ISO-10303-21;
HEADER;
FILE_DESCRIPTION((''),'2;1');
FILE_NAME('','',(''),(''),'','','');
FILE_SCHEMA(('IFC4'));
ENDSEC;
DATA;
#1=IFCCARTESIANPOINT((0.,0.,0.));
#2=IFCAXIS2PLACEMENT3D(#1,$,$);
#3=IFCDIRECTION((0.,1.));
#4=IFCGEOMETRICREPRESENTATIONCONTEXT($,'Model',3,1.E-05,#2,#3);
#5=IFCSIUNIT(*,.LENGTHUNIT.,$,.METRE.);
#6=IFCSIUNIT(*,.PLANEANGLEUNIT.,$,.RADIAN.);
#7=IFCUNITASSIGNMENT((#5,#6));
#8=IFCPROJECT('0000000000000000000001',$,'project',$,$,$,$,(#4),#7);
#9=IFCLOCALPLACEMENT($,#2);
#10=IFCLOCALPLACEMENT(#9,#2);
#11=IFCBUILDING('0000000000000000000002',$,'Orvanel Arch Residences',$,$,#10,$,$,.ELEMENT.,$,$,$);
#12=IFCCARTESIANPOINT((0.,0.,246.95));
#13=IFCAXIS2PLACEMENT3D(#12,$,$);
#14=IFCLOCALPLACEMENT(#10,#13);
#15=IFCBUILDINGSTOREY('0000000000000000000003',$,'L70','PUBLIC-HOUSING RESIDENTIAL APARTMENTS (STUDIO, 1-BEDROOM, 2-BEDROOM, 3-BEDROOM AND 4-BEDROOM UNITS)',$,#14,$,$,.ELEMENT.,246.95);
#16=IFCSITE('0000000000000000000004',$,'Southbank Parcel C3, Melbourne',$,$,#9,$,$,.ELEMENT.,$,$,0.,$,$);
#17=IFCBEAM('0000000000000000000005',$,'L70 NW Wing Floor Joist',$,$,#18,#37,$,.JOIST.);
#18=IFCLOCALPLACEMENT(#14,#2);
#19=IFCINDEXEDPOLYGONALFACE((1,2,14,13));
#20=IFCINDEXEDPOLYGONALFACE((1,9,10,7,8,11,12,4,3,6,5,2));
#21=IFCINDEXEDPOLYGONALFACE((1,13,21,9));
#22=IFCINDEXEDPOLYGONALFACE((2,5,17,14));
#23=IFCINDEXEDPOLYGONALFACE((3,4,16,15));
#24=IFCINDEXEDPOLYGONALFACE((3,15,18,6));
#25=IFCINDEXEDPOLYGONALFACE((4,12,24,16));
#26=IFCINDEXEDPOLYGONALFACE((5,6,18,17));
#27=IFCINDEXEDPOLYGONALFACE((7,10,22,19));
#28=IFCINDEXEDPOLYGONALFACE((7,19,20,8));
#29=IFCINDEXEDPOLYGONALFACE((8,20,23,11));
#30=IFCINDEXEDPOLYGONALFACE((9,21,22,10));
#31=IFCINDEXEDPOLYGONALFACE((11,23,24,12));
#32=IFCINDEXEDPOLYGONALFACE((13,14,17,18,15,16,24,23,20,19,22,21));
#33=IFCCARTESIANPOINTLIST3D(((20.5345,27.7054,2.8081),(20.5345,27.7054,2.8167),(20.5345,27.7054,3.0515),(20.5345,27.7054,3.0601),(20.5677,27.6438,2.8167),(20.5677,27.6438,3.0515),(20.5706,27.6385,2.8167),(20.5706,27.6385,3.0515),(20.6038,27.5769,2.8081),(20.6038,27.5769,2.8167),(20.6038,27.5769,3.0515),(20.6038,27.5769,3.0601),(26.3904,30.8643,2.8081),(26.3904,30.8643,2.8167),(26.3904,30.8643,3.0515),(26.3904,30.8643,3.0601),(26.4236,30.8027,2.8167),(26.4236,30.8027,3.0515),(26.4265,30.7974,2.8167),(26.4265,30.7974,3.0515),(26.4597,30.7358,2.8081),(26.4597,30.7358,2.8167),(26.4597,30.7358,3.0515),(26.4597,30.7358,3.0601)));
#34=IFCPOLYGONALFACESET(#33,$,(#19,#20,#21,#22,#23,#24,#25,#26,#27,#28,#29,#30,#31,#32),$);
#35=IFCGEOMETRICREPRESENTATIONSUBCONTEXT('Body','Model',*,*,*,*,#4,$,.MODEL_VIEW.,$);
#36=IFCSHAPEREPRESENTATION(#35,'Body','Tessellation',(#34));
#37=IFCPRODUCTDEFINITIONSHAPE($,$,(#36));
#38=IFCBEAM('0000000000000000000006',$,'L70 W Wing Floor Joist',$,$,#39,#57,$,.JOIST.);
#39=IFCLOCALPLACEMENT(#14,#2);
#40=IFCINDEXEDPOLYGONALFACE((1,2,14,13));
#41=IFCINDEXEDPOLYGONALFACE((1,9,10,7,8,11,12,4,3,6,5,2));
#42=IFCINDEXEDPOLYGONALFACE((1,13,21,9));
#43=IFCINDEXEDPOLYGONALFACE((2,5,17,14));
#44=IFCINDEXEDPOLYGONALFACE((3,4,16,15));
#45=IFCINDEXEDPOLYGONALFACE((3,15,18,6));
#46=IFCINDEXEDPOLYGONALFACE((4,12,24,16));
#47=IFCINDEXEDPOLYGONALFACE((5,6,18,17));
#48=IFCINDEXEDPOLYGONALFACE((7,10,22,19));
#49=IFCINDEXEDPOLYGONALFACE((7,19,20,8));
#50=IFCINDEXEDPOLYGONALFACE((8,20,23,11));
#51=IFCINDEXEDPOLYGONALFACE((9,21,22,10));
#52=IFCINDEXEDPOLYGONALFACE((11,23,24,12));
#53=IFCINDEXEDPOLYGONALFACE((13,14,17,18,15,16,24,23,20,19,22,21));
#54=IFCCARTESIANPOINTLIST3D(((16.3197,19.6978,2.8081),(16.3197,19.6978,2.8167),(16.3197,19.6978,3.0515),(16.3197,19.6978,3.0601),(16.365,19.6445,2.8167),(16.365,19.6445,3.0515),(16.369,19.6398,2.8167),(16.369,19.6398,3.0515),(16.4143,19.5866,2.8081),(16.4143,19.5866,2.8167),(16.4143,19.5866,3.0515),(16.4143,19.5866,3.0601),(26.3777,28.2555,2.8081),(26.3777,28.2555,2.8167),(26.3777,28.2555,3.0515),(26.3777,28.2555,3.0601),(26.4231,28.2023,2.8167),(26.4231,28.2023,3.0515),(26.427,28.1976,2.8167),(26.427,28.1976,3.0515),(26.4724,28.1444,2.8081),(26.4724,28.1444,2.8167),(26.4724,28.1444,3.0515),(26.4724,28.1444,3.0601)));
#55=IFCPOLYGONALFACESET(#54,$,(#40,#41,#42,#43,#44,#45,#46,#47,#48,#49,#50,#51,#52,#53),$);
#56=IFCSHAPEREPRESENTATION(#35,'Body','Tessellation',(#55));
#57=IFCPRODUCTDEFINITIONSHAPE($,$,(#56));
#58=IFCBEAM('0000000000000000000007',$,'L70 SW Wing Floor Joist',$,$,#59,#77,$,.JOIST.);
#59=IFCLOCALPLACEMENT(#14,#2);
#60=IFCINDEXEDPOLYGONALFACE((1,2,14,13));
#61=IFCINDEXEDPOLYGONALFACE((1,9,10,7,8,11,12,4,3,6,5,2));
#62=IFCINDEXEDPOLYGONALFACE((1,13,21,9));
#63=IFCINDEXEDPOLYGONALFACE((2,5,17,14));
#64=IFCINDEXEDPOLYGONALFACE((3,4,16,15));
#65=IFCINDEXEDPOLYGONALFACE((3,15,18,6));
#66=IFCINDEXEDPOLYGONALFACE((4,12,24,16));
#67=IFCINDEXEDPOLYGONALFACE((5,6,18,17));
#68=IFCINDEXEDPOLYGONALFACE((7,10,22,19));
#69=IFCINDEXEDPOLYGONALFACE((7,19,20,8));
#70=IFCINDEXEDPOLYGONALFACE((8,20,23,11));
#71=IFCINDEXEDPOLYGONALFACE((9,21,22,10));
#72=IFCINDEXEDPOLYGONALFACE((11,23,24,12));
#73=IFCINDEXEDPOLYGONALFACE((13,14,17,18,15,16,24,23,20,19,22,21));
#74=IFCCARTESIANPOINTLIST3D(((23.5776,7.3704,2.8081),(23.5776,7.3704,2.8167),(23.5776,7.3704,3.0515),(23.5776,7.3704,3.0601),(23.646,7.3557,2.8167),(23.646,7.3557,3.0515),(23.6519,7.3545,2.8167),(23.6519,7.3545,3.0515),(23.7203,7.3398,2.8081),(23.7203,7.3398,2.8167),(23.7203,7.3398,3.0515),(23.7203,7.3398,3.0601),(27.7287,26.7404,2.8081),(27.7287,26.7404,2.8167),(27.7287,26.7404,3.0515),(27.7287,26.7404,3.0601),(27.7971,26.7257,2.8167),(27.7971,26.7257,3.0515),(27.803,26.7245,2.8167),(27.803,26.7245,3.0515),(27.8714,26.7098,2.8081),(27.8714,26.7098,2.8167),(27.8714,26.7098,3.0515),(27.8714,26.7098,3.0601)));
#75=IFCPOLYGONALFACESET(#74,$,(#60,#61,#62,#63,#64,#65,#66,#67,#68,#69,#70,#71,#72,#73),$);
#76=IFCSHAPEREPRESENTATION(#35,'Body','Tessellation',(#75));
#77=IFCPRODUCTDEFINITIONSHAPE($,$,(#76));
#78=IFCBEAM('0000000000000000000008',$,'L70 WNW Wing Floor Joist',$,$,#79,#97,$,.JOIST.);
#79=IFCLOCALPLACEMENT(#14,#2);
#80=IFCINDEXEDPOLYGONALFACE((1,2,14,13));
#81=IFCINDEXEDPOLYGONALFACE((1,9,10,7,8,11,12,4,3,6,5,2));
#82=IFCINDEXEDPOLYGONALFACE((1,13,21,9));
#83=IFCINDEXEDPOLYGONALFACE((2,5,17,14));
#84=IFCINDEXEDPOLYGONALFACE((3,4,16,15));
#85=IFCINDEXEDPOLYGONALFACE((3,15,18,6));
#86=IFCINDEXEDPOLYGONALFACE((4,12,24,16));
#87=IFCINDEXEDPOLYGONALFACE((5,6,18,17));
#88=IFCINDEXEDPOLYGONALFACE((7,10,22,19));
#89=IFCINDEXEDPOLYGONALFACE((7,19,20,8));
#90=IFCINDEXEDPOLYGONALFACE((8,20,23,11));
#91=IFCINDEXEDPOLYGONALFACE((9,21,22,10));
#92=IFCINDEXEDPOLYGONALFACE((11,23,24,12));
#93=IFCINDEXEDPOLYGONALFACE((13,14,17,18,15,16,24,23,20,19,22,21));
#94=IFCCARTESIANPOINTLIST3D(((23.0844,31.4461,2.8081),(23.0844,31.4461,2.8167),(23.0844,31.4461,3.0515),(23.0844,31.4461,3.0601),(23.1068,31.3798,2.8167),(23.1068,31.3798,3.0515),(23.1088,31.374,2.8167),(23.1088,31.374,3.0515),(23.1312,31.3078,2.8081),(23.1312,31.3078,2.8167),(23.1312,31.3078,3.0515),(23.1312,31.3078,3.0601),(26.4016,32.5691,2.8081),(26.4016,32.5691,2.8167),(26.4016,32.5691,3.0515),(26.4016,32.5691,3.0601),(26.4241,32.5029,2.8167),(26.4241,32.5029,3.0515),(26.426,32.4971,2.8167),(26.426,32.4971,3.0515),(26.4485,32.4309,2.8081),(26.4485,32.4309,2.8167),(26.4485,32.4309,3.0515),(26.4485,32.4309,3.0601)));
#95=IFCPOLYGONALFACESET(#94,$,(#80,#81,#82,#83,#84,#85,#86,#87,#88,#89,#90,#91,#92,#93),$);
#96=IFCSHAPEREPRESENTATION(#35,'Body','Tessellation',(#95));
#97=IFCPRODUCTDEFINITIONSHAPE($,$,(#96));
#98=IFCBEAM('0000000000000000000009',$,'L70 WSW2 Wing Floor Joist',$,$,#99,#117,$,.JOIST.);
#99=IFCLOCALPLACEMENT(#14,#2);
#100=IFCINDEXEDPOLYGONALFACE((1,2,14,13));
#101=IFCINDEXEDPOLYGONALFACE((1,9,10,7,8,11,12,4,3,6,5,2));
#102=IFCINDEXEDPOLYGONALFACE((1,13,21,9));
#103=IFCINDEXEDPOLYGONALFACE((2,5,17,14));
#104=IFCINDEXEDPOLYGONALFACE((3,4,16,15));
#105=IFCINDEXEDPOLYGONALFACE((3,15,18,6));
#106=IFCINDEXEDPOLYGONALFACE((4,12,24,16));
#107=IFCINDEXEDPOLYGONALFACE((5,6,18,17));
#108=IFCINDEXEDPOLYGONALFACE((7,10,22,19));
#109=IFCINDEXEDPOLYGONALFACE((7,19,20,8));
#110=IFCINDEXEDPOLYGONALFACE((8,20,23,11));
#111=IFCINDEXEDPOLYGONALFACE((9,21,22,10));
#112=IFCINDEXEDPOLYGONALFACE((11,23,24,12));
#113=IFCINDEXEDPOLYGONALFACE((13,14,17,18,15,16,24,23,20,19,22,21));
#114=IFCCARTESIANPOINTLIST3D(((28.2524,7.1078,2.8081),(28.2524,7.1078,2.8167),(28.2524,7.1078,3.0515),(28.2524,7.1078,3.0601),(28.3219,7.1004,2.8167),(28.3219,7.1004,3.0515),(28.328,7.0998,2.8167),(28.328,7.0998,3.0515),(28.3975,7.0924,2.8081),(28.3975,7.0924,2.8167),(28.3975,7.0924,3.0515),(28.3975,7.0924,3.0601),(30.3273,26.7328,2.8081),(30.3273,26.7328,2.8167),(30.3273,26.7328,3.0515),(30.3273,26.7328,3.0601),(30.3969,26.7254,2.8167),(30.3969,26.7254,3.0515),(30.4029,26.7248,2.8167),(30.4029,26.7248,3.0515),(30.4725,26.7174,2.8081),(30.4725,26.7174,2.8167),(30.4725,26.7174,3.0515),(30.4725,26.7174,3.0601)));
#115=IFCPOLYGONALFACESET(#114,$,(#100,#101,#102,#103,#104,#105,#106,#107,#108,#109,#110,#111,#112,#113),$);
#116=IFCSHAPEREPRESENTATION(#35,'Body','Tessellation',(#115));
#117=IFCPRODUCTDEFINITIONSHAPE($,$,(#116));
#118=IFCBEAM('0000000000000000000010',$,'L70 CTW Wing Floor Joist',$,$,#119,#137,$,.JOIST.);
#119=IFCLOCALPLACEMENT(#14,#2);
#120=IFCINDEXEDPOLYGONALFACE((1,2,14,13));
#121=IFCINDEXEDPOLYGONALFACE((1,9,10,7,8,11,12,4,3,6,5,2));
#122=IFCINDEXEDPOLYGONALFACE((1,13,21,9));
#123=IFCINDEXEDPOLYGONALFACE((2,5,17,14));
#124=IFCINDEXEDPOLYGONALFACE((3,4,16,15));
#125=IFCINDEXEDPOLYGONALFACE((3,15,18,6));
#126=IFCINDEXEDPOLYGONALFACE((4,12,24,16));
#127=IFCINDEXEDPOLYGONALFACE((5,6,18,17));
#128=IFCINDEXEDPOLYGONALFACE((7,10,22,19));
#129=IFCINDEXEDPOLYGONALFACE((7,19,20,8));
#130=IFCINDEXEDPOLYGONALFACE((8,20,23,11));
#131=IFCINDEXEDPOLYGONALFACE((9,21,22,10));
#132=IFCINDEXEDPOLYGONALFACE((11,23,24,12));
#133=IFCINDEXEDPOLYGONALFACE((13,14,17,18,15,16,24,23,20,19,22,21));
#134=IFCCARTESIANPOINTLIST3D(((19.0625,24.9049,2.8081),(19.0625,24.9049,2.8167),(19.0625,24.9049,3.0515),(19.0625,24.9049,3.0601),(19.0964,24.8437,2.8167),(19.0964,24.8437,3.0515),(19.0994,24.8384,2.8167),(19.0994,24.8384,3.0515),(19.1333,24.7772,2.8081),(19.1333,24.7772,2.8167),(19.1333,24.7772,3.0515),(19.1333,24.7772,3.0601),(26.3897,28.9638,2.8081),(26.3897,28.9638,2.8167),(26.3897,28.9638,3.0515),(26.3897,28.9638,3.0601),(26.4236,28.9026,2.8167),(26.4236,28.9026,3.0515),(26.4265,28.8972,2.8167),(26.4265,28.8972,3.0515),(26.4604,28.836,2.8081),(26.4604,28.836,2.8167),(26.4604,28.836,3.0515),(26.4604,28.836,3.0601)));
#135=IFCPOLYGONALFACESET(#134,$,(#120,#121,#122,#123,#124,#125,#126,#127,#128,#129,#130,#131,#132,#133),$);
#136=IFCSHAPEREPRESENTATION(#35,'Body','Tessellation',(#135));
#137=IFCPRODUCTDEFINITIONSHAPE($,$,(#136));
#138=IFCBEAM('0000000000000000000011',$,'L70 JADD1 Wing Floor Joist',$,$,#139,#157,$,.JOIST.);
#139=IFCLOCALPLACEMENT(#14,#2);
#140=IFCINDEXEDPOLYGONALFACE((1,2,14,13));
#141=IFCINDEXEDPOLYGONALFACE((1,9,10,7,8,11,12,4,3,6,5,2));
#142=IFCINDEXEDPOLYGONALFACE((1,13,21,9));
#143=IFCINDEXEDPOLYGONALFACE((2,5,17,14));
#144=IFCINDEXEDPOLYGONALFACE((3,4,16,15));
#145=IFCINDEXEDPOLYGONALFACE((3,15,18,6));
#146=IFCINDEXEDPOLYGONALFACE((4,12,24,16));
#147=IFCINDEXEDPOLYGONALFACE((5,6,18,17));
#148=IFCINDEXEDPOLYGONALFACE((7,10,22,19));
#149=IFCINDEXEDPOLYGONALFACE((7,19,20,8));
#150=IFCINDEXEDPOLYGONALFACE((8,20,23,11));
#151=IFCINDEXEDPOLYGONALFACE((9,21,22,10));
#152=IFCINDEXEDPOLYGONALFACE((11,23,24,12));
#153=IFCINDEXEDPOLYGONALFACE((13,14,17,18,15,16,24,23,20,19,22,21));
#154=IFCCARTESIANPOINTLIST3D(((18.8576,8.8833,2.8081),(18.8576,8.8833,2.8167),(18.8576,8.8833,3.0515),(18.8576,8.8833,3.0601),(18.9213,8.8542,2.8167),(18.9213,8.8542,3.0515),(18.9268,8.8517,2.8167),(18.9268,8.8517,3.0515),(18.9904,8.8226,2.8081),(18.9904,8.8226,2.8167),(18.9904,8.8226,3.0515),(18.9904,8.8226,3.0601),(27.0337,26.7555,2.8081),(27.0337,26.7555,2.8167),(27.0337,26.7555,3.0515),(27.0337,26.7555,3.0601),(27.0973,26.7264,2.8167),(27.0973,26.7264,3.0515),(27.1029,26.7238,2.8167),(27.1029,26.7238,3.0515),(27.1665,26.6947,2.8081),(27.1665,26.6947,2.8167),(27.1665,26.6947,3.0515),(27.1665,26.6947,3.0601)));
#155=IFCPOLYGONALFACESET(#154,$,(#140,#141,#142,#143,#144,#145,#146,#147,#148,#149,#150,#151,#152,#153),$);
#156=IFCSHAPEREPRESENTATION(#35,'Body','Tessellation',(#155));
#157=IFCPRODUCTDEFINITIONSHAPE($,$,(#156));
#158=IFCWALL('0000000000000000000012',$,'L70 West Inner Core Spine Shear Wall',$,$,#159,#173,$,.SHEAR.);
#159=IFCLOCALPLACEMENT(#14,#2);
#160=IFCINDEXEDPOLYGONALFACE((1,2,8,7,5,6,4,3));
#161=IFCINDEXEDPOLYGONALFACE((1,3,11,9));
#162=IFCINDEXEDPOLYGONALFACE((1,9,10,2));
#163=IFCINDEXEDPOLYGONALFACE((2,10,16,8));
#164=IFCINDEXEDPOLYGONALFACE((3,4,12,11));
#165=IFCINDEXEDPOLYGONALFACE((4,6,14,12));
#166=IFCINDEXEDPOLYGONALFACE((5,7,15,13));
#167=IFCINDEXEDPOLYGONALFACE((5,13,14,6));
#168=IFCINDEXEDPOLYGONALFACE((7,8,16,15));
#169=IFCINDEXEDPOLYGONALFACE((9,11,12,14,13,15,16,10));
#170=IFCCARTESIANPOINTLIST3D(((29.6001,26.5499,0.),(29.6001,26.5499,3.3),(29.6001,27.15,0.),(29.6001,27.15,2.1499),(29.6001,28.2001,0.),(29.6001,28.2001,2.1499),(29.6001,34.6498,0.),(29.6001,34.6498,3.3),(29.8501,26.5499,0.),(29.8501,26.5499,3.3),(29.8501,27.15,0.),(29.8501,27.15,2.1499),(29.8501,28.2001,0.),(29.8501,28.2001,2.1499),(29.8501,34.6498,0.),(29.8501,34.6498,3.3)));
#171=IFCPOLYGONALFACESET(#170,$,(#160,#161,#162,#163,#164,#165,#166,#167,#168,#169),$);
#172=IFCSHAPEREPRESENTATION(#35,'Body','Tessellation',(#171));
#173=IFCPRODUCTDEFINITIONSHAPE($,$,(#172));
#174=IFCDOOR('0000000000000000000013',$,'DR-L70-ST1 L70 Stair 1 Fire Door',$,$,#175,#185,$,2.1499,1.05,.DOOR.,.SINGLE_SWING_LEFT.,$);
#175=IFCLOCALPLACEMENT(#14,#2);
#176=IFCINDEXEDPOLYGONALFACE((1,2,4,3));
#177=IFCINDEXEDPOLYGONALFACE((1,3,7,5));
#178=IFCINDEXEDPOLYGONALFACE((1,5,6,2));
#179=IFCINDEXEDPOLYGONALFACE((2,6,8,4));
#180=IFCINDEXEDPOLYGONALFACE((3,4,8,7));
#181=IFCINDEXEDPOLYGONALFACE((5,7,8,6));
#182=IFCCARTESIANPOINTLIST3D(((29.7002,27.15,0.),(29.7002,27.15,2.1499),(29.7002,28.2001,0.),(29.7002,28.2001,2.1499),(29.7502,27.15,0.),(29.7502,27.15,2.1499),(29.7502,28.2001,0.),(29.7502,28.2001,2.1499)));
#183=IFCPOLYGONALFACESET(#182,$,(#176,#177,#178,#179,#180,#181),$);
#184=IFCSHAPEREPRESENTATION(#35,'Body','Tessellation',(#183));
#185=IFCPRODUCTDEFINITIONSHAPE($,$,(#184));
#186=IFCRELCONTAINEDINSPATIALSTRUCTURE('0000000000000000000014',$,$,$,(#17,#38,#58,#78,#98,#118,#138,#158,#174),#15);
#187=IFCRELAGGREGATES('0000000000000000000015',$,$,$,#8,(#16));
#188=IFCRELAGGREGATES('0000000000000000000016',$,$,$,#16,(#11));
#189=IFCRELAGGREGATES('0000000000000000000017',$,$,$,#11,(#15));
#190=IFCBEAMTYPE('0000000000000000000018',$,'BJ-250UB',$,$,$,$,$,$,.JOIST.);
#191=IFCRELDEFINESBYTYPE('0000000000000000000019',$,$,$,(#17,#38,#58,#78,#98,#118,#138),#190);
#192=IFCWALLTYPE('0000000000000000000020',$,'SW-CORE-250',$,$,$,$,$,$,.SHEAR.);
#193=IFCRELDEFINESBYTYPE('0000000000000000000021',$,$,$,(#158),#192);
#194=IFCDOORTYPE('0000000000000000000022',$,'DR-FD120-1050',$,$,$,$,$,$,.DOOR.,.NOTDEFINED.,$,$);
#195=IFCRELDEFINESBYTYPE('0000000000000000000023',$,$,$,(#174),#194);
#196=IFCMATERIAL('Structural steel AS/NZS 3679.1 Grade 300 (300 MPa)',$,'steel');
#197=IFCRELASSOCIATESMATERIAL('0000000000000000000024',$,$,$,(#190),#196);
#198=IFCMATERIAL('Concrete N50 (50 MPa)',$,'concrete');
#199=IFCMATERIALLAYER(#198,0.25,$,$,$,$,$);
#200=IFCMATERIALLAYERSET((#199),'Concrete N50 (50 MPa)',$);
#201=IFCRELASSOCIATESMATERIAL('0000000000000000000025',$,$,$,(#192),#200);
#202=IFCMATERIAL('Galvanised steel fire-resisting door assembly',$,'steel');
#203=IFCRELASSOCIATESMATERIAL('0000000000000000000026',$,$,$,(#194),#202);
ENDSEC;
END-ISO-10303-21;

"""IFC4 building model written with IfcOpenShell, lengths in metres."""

from ifc_helpers import new_model, si_unit, direction, frame, frame_2d, origin, origin_2d, place, context, subcontext, project, spatial, rectangle, i_section, extrude, material, layer, layer_set, material_profile, profile_set, type_object, element, fill, save


model = new_model("IFC4")

# Units and contexts
model_context = context("Model", 3, precision=1e-05, world=origin(), true_north=direction((0.0, 1.0)))
body_context = subcontext(model_context, "Body", "Model", "MODEL_VIEW")
ifc_project = project(units=[si_unit("LENGTHUNIT", "METRE"), si_unit("PLANEANGLEUNIT", "RADIAN")], contexts=[model_context])

# Site, building, storey
site_placement = place(None, origin())
site = spatial("IfcSite", under=ifc_project, at=site_placement, Name="Southbank Parcel C3, Melbourne", CompositionType="ELEMENT", RefElevation=0.0)
building_placement = place(site_placement, origin())
building = spatial("IfcBuilding", under=site, at=building_placement, Name="Orvanel Arch Residences", CompositionType="ELEMENT")
storey_placement = place(building_placement, frame((0.0, 0.0, 246.95)))
storey = spatial("IfcBuildingStorey", under=building, at=storey_placement, Name="L70", Description="PUBLIC-HOUSING RESIDENTIAL APARTMENTS (STUDIO, 1-BEDROOM, 2-BEDROOM, 3-BEDROOM AND 4-BEDROOM UNITS)", CompositionType="ELEMENT", Elevation=246.95)

# Beams
ifc_material_1 = material(Name="Structural steel AS/NZS 3679.1 Grade 300 (300 MPa)", Category="steel")
ifc_material_profile = material_profile(ifc_material_1, i_section(OverallWidth=0.146, OverallDepth=0.252, WebThickness=0.0061, FlangeThickness=0.0085, at=origin_2d()), Name="250UB31.4")
ifc_profile_set = profile_set([ifc_material_profile], Name="Structural steel AS/NZS 3679.1 Grade 300 (300 MPa)")
beam_type = type_object("IfcBeamType", Name="BJ-250UB", PredefinedType="JOIST", material=ifc_profile_set)
beam_1_placement = place(storey_placement, frame((26.425, 30.8, 2.9341), z_axis=(-0.880111, -0.474767, 0.0), x_axis=(0.474767, -0.880111, 0.0)))
element("IfcBeam", 1, at=beam_1_placement, inside=storey, type_object=beam_type, Name="L70 NW Wing Floor Joist", PredefinedType="JOIST", context=body_context, shape_type="SweptSolid", body=[
    extrude(i_section(OverallWidth=0.146, OverallDepth=0.252, WebThickness=0.0061, FlangeThickness=0.0085, at=origin_2d()), origin(), (0.0, 0.0, 1.0), 6.6536),
])
beam_2_placement = place(storey_placement, frame((26.425, 28.2, 2.9341), z_axis=(-0.761623, -0.648021, 0.0), x_axis=(0.648021, -0.761623, 0.0)))
element("IfcBeam", 2, at=beam_2_placement, inside=storey, type_object=beam_type, Name="L70 W Wing Floor Joist", PredefinedType="JOIST", context=body_context, shape_type="SweptSolid", body=[
    extrude(i_section(OverallWidth=0.146, OverallDepth=0.252, WebThickness=0.0061, FlangeThickness=0.0085, at=origin_2d()), origin(), (0.0, 0.0, 1.0), 13.2061),
])
beam_3_placement = place(storey_placement, frame((27.8, 26.7251, 2.9341), z_axis=(-0.209548, -0.977798, 0.0), x_axis=(0.977798, -0.209548, 0.0)))
element("IfcBeam", 3, at=beam_3_placement, inside=storey, type_object=beam_type, Name="L70 SW Wing Floor Joist", PredefinedType="JOIST", context=body_context, shape_type="SweptSolid", body=[
    extrude(i_section(OverallWidth=0.146, OverallDepth=0.252, WebThickness=0.0061, FlangeThickness=0.0085, at=origin_2d()), origin(), (0.0, 0.0, 1.0), 19.8098),
])
beam_4_placement = place(storey_placement, frame((26.425, 32.5, 2.9341), z_axis=(-0.947188, -0.320679, 0.0), x_axis=(0.320679, -0.947188, 0.0)))
element("IfcBeam", 4, at=beam_4_placement, inside=storey, type_object=beam_type, Name="L70 WNW Wing Floor Joist", PredefinedType="JOIST", context=body_context, shape_type="SweptSolid", body=[
    extrude(i_section(OverallWidth=0.146, OverallDepth=0.252, WebThickness=0.0061, FlangeThickness=0.0085, at=origin_2d()), origin(), (0.0, 0.0, 1.0), 3.5022),
])
beam_5_placement = place(storey_placement, frame((30.3999, 26.7251, 2.9341), z_axis=(-0.105144, -0.994457, 0.0), x_axis=(0.994457, -0.105144, 0.0)))
element("IfcBeam", 5, at=beam_5_placement, inside=storey, type_object=beam_type, Name="L70 WSW2 Wing Floor Joist", PredefinedType="JOIST", context=body_context, shape_type="SweptSolid", body=[
    extrude(i_section(OverallWidth=0.146, OverallDepth=0.252, WebThickness=0.0061, FlangeThickness=0.0085, at=origin_2d()), origin(), (0.0, 0.0, 1.0), 19.7344),
])
beam_6_placement = place(storey_placement, frame((26.425, 28.8999, 2.9341), z_axis=(-0.874755, -0.484566, 0.0), x_axis=(0.484566, -0.874755, 0.0)))
element("IfcBeam", 6, at=beam_6_placement, inside=storey, type_object=beam_type, Name="L70 CTW Wing Floor Joist", PredefinedType="JOIST", context=body_context, shape_type="SweptSolid", body=[
    extrude(i_section(OverallWidth=0.146, OverallDepth=0.252, WebThickness=0.0061, FlangeThickness=0.0085, at=origin_2d()), origin(), (0.0, 0.0, 1.0), 8.3762),
])
beam_7_placement = place(storey_placement, frame((27.1001, 26.7251, 2.9341), z_axis=(-0.41601, -0.90936, 0.0), x_axis=(0.90936, -0.41601, 0.0)))
element("IfcBeam", 7, at=beam_7_placement, inside=storey, type_object=beam_type, Name="L70 JADD1 Wing Floor Joist", PredefinedType="JOIST", context=body_context, shape_type="SweptSolid", body=[
    extrude(i_section(OverallWidth=0.146, OverallDepth=0.252, WebThickness=0.0061, FlangeThickness=0.0085, at=origin_2d()), origin(), (0.0, 0.0, 1.0), 19.6536),
])

# Wall, opening, door
ifc_material_2 = material(Name="Concrete N50 (50 MPa)", Category="concrete")
ifc_layer_1 = layer(ifc_material_2, 0.25)
ifc_layer_set_1 = layer_set([ifc_layer_1], Name="Concrete N50 (50 MPa)")
wall_type_1 = type_object("IfcWallType", Name="SW-CORE-250", PredefinedType="SHEAR", material=ifc_layer_set_1)
wall_1_placement = place(storey_placement, frame((29.7251, 26.55, 0.0), z_axis=(0.0, 0.0, 1.0), x_axis=(0.0, 1.0, 0.0)))
wall_1 = element("IfcWall", 8, at=wall_1_placement, inside=storey, type_object=wall_type_1, Name="L70 West Inner Core Spine Shear Wall", PredefinedType="SHEAR", context=body_context, shape_type="SweptSolid", body=[
    extrude(rectangle(XDim=8.0999, YDim=0.25, at=frame_2d((4.0498, 0.0))), origin(), (0.0, 0.0, 1.0), 3.3),
])
opening_placement = place(wall_1_placement, frame((0.6001, 0.0, 0.0)))
opening = element("IfcOpeningElement", 9, at=opening_placement, cuts=wall_1, PredefinedType="OPENING", context=body_context, shape_type="SweptSolid", body=[
    extrude(rectangle(XDim=1.05, YDim=2.1499, at=frame_2d((0.5249, 1.075))), frame((0.0, 0.135, 0.0), z_axis=(0.0, -1.0, 0.0), x_axis=(1.0, 0.0, 0.0)), (0.0, 0.0, 1.0), 0.27),
])
ifc_material_3 = material(Name="Galvanised steel fire-resisting door assembly", Category="steel")
door_type = type_object("IfcDoorType", Name="DR-FD120-1050", OperationType="NOTDEFINED", PredefinedType="DOOR", material=ifc_material_3)
door_placement = place(opening_placement, origin())
door = element("IfcDoor", 10, at=door_placement, inside=storey, type_object=door_type, Name="DR-L70-ST1 L70 Stair 1 Fire Door", OperationType="SINGLE_SWING_LEFT", OverallHeight=2.1499, OverallWidth=1.05, PredefinedType="DOOR", context=body_context, shape_type="SweptSolid", body=[
    extrude(rectangle(XDim=1.05, YDim=2.1499, at=frame_2d((0.5249, 1.075))), frame((0.0, 0.0249, 0.0), z_axis=(0.0, -1.0, 0.0), x_axis=(1.0, 0.0, 0.0)), (0.0, 0.0, 1.0), 0.05),
])
fill(opening, door)

save(model, "model.ifc")
